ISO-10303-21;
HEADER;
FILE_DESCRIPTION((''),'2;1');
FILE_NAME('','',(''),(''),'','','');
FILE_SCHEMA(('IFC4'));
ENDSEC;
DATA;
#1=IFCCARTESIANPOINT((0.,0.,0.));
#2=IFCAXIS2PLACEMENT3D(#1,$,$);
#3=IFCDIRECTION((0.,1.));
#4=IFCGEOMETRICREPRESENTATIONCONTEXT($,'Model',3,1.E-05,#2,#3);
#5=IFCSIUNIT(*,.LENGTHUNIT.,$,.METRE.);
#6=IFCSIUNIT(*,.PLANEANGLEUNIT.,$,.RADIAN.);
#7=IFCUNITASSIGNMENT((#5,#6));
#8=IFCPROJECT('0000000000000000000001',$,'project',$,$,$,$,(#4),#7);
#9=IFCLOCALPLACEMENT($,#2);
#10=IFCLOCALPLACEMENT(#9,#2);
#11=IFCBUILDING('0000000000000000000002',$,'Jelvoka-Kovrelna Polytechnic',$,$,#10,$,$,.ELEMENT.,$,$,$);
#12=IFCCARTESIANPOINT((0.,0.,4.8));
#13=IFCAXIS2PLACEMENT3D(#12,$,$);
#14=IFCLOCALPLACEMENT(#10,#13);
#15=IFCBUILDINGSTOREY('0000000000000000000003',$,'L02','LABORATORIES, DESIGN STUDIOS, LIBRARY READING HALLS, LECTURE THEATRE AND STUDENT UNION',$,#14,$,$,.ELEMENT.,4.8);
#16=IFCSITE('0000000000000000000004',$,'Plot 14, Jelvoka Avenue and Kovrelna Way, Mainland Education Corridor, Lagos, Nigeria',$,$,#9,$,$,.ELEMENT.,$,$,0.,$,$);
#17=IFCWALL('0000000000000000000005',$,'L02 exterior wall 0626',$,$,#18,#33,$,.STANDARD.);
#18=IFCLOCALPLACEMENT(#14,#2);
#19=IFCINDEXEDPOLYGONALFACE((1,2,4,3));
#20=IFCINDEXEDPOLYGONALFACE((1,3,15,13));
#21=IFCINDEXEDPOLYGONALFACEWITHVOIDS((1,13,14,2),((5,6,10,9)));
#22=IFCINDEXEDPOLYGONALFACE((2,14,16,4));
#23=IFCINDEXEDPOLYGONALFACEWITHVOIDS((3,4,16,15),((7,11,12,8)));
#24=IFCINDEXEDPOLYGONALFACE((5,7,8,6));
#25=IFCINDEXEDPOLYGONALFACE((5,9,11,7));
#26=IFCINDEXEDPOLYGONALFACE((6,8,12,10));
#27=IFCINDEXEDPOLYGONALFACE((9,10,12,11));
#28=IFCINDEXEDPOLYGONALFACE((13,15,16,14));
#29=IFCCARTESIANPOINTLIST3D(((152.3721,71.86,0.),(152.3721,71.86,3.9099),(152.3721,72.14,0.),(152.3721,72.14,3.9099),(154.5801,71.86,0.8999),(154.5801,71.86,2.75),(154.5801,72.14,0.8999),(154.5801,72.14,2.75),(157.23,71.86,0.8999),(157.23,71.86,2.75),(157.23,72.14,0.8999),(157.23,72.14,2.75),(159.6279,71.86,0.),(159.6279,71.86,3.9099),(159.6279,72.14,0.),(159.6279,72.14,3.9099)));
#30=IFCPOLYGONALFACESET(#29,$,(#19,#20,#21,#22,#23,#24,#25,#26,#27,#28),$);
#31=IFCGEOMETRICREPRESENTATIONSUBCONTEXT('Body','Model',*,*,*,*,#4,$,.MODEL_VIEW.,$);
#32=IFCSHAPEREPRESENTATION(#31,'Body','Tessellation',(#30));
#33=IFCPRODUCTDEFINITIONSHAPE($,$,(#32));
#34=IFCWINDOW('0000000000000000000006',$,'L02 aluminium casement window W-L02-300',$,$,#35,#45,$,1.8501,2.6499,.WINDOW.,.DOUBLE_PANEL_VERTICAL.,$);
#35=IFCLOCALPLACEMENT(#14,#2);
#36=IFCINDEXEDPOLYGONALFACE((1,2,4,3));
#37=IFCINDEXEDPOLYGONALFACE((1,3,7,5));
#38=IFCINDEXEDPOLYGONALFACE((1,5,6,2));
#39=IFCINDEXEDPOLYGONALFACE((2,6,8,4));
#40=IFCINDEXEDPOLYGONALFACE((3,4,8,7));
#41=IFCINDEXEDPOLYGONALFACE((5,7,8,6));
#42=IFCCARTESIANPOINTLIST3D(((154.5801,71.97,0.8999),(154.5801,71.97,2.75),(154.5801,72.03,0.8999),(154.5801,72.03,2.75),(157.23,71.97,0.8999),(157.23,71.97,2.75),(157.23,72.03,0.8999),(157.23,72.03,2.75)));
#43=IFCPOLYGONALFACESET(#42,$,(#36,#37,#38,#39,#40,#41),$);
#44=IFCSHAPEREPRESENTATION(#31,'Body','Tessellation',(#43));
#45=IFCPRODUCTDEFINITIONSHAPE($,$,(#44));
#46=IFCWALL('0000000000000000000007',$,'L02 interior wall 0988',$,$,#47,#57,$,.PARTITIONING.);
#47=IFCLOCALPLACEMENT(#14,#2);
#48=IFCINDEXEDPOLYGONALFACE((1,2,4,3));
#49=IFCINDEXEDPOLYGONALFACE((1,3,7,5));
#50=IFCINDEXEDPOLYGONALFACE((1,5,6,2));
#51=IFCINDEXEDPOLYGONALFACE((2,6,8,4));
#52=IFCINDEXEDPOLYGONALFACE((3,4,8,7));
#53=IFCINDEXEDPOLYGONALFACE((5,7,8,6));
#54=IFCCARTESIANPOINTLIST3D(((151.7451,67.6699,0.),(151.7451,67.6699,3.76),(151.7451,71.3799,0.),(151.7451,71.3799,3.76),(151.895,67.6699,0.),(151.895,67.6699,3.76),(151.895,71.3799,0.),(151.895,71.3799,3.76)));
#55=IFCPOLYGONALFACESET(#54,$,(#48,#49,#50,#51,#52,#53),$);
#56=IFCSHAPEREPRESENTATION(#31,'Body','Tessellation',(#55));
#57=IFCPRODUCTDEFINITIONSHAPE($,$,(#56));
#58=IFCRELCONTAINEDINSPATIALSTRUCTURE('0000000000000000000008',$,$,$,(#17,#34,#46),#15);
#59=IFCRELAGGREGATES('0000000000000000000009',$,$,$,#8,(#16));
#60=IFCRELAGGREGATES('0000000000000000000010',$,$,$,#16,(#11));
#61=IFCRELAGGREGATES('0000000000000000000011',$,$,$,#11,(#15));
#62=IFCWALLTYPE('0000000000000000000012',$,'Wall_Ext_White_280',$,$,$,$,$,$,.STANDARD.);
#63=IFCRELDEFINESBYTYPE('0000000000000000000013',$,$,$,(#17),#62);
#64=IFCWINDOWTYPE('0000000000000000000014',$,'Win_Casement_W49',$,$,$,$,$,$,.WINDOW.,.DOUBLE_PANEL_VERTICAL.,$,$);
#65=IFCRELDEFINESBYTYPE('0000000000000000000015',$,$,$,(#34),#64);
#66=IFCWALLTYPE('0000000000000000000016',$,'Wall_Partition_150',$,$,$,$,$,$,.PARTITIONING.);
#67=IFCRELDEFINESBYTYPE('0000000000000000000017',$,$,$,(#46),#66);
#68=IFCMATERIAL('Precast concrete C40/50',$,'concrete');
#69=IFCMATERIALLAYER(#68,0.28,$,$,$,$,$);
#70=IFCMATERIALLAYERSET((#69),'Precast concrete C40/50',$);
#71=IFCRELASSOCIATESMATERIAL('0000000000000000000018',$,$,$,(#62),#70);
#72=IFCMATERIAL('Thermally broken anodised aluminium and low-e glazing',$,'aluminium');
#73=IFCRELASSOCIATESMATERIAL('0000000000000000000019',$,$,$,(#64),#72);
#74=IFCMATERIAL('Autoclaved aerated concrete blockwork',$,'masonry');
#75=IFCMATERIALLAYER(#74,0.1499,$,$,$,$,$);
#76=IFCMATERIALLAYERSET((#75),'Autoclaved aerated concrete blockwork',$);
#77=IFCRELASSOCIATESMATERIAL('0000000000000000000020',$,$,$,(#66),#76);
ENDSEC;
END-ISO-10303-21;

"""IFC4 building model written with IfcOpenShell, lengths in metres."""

from ifc_helpers import new_model, si_unit, direction, frame, frame_2d, origin, place, context, subcontext, project, spatial, rectangle, extrude, material, layer, layer_set, type_object, element, fill, save


model = new_model("IFC4")

# Units and contexts
model_context = context("Model", 3, precision=1e-05, world=origin(), true_north=direction((0.0, 1.0)))
body_context = subcontext(model_context, "Body", "Model", "MODEL_VIEW")
ifc_project = project(units=[si_unit("LENGTHUNIT", "METRE"), si_unit("PLANEANGLEUNIT", "RADIAN")], contexts=[model_context])

# Site, building, storey
site_placement = place(None, origin())
site = spatial("IfcSite", under=ifc_project, at=site_placement, Name="Plot 14, Jelvoka Avenue and Kovrelna Way, Mainland Education Corridor, Lagos, Nigeria", CompositionType="ELEMENT", RefElevation=0.0)
building_placement = place(site_placement, origin())
building = spatial("IfcBuilding", under=site, at=building_placement, Name="Jelvoka-Kovrelna Polytechnic", CompositionType="ELEMENT")
storey_placement = place(building_placement, frame((0.0, 0.0, 4.8)))
storey = spatial("IfcBuildingStorey", under=building, at=storey_placement, Name="L02", Description="LABORATORIES, DESIGN STUDIOS, LIBRARY READING HALLS, LECTURE THEATRE AND STUDENT UNION", CompositionType="ELEMENT", Elevation=4.8)

# Wall, opening, window
ifc_material_1 = material(Name="Precast concrete C40/50", Category="concrete")
ifc_layer_1 = layer(ifc_material_1, 0.28)
ifc_layer_set_1 = layer_set([ifc_layer_1], Name="Precast concrete C40/50")
wall_type_1 = type_object("IfcWallType", Name="Wall_Ext_White_280", PredefinedType="STANDARD", material=ifc_layer_set_1)
wall_1_placement = place(storey_placement, frame((152.3721, 72.0, 0.0), z_axis=(0.0, 0.0, 1.0), x_axis=(1.0, 0.0, 0.0)))
wall_1 = element("IfcWall", 1, at=wall_1_placement, inside=storey, type_object=wall_type_1, Name="L02 exterior wall 0626", PredefinedType="STANDARD", context=body_context, shape_type="SweptSolid", body=[
    extrude(rectangle(XDim=7.2559, YDim=0.28, at=frame_2d((3.6279, 0.0))), origin(), (0.0, 0.0, 1.0), 3.9099),
])
opening_1_placement = place(wall_1_placement, frame((2.208, 0.0, 0.8999)))
opening_1 = element("IfcOpeningElement", 2, at=opening_1_placement, cuts=wall_1, PredefinedType="OPENING", context=body_context, shape_type="SweptSolid", body=[
    extrude(rectangle(XDim=2.6499, YDim=1.8501, at=frame_2d((1.325, 0.925))), frame((0.0, 0.1501, 0.0), z_axis=(0.0, -1.0, 0.0), x_axis=(1.0, 0.0, 0.0)), (0.0, 0.0, 1.0), 0.3),
])
ifc_material_2 = material(Name="Thermally broken anodised aluminium and low-e glazing", Category="aluminium")
window_type_1 = type_object("IfcWindowType", Name="Win_Casement_W49", PartitioningType="DOUBLE_PANEL_VERTICAL", PredefinedType="WINDOW", material=ifc_material_2)
window_1_placement = place(opening_1_placement, origin())
window_1 = element("IfcWindow", 3, at=window_1_placement, inside=storey, type_object=window_type_1, Name="L02 aluminium casement window W-L02-300", OverallHeight=1.8501, OverallWidth=2.6499, PartitioningType="DOUBLE_PANEL_VERTICAL", PredefinedType="WINDOW", context=body_context, shape_type="SweptSolid", body=[
    extrude(rectangle(XDim=2.6499, YDim=1.8501, at=frame_2d((1.325, 0.925))), frame((0.0, 0.03, 0.0), z_axis=(0.0, -1.0, 0.0), x_axis=(1.0, 0.0, 0.0)), (0.0, 0.0, 1.0), 0.0601),
])
fill(opening_1, window_1)

# Wall
ifc_material_3 = material(Name="Autoclaved aerated concrete blockwork", Category="masonry")
ifc_layer_2 = layer(ifc_material_3, 0.1499)
ifc_layer_set_2 = layer_set([ifc_layer_2], Name="Autoclaved aerated concrete blockwork")
wall_type_2 = type_object("IfcWallType", Name="Wall_Partition_150", PredefinedType="PARTITIONING", material=ifc_layer_set_2)
wall_2_placement = place(storey_placement, frame((151.8201, 67.6699, 0.0), z_axis=(0.0, 0.0, 1.0), x_axis=(0.0, 1.0, 0.0)))
element("IfcWall", 4, at=wall_2_placement, inside=storey, type_object=wall_type_2, Name="L02 interior wall 0988", PredefinedType="PARTITIONING", context=body_context, shape_type="SweptSolid", body=[
    extrude(rectangle(XDim=3.71, YDim=0.1499, at=frame_2d((1.855, 0.0))), origin(), (0.0, 0.0, 1.0), 3.76),
])

save(model, "model.ifc")
